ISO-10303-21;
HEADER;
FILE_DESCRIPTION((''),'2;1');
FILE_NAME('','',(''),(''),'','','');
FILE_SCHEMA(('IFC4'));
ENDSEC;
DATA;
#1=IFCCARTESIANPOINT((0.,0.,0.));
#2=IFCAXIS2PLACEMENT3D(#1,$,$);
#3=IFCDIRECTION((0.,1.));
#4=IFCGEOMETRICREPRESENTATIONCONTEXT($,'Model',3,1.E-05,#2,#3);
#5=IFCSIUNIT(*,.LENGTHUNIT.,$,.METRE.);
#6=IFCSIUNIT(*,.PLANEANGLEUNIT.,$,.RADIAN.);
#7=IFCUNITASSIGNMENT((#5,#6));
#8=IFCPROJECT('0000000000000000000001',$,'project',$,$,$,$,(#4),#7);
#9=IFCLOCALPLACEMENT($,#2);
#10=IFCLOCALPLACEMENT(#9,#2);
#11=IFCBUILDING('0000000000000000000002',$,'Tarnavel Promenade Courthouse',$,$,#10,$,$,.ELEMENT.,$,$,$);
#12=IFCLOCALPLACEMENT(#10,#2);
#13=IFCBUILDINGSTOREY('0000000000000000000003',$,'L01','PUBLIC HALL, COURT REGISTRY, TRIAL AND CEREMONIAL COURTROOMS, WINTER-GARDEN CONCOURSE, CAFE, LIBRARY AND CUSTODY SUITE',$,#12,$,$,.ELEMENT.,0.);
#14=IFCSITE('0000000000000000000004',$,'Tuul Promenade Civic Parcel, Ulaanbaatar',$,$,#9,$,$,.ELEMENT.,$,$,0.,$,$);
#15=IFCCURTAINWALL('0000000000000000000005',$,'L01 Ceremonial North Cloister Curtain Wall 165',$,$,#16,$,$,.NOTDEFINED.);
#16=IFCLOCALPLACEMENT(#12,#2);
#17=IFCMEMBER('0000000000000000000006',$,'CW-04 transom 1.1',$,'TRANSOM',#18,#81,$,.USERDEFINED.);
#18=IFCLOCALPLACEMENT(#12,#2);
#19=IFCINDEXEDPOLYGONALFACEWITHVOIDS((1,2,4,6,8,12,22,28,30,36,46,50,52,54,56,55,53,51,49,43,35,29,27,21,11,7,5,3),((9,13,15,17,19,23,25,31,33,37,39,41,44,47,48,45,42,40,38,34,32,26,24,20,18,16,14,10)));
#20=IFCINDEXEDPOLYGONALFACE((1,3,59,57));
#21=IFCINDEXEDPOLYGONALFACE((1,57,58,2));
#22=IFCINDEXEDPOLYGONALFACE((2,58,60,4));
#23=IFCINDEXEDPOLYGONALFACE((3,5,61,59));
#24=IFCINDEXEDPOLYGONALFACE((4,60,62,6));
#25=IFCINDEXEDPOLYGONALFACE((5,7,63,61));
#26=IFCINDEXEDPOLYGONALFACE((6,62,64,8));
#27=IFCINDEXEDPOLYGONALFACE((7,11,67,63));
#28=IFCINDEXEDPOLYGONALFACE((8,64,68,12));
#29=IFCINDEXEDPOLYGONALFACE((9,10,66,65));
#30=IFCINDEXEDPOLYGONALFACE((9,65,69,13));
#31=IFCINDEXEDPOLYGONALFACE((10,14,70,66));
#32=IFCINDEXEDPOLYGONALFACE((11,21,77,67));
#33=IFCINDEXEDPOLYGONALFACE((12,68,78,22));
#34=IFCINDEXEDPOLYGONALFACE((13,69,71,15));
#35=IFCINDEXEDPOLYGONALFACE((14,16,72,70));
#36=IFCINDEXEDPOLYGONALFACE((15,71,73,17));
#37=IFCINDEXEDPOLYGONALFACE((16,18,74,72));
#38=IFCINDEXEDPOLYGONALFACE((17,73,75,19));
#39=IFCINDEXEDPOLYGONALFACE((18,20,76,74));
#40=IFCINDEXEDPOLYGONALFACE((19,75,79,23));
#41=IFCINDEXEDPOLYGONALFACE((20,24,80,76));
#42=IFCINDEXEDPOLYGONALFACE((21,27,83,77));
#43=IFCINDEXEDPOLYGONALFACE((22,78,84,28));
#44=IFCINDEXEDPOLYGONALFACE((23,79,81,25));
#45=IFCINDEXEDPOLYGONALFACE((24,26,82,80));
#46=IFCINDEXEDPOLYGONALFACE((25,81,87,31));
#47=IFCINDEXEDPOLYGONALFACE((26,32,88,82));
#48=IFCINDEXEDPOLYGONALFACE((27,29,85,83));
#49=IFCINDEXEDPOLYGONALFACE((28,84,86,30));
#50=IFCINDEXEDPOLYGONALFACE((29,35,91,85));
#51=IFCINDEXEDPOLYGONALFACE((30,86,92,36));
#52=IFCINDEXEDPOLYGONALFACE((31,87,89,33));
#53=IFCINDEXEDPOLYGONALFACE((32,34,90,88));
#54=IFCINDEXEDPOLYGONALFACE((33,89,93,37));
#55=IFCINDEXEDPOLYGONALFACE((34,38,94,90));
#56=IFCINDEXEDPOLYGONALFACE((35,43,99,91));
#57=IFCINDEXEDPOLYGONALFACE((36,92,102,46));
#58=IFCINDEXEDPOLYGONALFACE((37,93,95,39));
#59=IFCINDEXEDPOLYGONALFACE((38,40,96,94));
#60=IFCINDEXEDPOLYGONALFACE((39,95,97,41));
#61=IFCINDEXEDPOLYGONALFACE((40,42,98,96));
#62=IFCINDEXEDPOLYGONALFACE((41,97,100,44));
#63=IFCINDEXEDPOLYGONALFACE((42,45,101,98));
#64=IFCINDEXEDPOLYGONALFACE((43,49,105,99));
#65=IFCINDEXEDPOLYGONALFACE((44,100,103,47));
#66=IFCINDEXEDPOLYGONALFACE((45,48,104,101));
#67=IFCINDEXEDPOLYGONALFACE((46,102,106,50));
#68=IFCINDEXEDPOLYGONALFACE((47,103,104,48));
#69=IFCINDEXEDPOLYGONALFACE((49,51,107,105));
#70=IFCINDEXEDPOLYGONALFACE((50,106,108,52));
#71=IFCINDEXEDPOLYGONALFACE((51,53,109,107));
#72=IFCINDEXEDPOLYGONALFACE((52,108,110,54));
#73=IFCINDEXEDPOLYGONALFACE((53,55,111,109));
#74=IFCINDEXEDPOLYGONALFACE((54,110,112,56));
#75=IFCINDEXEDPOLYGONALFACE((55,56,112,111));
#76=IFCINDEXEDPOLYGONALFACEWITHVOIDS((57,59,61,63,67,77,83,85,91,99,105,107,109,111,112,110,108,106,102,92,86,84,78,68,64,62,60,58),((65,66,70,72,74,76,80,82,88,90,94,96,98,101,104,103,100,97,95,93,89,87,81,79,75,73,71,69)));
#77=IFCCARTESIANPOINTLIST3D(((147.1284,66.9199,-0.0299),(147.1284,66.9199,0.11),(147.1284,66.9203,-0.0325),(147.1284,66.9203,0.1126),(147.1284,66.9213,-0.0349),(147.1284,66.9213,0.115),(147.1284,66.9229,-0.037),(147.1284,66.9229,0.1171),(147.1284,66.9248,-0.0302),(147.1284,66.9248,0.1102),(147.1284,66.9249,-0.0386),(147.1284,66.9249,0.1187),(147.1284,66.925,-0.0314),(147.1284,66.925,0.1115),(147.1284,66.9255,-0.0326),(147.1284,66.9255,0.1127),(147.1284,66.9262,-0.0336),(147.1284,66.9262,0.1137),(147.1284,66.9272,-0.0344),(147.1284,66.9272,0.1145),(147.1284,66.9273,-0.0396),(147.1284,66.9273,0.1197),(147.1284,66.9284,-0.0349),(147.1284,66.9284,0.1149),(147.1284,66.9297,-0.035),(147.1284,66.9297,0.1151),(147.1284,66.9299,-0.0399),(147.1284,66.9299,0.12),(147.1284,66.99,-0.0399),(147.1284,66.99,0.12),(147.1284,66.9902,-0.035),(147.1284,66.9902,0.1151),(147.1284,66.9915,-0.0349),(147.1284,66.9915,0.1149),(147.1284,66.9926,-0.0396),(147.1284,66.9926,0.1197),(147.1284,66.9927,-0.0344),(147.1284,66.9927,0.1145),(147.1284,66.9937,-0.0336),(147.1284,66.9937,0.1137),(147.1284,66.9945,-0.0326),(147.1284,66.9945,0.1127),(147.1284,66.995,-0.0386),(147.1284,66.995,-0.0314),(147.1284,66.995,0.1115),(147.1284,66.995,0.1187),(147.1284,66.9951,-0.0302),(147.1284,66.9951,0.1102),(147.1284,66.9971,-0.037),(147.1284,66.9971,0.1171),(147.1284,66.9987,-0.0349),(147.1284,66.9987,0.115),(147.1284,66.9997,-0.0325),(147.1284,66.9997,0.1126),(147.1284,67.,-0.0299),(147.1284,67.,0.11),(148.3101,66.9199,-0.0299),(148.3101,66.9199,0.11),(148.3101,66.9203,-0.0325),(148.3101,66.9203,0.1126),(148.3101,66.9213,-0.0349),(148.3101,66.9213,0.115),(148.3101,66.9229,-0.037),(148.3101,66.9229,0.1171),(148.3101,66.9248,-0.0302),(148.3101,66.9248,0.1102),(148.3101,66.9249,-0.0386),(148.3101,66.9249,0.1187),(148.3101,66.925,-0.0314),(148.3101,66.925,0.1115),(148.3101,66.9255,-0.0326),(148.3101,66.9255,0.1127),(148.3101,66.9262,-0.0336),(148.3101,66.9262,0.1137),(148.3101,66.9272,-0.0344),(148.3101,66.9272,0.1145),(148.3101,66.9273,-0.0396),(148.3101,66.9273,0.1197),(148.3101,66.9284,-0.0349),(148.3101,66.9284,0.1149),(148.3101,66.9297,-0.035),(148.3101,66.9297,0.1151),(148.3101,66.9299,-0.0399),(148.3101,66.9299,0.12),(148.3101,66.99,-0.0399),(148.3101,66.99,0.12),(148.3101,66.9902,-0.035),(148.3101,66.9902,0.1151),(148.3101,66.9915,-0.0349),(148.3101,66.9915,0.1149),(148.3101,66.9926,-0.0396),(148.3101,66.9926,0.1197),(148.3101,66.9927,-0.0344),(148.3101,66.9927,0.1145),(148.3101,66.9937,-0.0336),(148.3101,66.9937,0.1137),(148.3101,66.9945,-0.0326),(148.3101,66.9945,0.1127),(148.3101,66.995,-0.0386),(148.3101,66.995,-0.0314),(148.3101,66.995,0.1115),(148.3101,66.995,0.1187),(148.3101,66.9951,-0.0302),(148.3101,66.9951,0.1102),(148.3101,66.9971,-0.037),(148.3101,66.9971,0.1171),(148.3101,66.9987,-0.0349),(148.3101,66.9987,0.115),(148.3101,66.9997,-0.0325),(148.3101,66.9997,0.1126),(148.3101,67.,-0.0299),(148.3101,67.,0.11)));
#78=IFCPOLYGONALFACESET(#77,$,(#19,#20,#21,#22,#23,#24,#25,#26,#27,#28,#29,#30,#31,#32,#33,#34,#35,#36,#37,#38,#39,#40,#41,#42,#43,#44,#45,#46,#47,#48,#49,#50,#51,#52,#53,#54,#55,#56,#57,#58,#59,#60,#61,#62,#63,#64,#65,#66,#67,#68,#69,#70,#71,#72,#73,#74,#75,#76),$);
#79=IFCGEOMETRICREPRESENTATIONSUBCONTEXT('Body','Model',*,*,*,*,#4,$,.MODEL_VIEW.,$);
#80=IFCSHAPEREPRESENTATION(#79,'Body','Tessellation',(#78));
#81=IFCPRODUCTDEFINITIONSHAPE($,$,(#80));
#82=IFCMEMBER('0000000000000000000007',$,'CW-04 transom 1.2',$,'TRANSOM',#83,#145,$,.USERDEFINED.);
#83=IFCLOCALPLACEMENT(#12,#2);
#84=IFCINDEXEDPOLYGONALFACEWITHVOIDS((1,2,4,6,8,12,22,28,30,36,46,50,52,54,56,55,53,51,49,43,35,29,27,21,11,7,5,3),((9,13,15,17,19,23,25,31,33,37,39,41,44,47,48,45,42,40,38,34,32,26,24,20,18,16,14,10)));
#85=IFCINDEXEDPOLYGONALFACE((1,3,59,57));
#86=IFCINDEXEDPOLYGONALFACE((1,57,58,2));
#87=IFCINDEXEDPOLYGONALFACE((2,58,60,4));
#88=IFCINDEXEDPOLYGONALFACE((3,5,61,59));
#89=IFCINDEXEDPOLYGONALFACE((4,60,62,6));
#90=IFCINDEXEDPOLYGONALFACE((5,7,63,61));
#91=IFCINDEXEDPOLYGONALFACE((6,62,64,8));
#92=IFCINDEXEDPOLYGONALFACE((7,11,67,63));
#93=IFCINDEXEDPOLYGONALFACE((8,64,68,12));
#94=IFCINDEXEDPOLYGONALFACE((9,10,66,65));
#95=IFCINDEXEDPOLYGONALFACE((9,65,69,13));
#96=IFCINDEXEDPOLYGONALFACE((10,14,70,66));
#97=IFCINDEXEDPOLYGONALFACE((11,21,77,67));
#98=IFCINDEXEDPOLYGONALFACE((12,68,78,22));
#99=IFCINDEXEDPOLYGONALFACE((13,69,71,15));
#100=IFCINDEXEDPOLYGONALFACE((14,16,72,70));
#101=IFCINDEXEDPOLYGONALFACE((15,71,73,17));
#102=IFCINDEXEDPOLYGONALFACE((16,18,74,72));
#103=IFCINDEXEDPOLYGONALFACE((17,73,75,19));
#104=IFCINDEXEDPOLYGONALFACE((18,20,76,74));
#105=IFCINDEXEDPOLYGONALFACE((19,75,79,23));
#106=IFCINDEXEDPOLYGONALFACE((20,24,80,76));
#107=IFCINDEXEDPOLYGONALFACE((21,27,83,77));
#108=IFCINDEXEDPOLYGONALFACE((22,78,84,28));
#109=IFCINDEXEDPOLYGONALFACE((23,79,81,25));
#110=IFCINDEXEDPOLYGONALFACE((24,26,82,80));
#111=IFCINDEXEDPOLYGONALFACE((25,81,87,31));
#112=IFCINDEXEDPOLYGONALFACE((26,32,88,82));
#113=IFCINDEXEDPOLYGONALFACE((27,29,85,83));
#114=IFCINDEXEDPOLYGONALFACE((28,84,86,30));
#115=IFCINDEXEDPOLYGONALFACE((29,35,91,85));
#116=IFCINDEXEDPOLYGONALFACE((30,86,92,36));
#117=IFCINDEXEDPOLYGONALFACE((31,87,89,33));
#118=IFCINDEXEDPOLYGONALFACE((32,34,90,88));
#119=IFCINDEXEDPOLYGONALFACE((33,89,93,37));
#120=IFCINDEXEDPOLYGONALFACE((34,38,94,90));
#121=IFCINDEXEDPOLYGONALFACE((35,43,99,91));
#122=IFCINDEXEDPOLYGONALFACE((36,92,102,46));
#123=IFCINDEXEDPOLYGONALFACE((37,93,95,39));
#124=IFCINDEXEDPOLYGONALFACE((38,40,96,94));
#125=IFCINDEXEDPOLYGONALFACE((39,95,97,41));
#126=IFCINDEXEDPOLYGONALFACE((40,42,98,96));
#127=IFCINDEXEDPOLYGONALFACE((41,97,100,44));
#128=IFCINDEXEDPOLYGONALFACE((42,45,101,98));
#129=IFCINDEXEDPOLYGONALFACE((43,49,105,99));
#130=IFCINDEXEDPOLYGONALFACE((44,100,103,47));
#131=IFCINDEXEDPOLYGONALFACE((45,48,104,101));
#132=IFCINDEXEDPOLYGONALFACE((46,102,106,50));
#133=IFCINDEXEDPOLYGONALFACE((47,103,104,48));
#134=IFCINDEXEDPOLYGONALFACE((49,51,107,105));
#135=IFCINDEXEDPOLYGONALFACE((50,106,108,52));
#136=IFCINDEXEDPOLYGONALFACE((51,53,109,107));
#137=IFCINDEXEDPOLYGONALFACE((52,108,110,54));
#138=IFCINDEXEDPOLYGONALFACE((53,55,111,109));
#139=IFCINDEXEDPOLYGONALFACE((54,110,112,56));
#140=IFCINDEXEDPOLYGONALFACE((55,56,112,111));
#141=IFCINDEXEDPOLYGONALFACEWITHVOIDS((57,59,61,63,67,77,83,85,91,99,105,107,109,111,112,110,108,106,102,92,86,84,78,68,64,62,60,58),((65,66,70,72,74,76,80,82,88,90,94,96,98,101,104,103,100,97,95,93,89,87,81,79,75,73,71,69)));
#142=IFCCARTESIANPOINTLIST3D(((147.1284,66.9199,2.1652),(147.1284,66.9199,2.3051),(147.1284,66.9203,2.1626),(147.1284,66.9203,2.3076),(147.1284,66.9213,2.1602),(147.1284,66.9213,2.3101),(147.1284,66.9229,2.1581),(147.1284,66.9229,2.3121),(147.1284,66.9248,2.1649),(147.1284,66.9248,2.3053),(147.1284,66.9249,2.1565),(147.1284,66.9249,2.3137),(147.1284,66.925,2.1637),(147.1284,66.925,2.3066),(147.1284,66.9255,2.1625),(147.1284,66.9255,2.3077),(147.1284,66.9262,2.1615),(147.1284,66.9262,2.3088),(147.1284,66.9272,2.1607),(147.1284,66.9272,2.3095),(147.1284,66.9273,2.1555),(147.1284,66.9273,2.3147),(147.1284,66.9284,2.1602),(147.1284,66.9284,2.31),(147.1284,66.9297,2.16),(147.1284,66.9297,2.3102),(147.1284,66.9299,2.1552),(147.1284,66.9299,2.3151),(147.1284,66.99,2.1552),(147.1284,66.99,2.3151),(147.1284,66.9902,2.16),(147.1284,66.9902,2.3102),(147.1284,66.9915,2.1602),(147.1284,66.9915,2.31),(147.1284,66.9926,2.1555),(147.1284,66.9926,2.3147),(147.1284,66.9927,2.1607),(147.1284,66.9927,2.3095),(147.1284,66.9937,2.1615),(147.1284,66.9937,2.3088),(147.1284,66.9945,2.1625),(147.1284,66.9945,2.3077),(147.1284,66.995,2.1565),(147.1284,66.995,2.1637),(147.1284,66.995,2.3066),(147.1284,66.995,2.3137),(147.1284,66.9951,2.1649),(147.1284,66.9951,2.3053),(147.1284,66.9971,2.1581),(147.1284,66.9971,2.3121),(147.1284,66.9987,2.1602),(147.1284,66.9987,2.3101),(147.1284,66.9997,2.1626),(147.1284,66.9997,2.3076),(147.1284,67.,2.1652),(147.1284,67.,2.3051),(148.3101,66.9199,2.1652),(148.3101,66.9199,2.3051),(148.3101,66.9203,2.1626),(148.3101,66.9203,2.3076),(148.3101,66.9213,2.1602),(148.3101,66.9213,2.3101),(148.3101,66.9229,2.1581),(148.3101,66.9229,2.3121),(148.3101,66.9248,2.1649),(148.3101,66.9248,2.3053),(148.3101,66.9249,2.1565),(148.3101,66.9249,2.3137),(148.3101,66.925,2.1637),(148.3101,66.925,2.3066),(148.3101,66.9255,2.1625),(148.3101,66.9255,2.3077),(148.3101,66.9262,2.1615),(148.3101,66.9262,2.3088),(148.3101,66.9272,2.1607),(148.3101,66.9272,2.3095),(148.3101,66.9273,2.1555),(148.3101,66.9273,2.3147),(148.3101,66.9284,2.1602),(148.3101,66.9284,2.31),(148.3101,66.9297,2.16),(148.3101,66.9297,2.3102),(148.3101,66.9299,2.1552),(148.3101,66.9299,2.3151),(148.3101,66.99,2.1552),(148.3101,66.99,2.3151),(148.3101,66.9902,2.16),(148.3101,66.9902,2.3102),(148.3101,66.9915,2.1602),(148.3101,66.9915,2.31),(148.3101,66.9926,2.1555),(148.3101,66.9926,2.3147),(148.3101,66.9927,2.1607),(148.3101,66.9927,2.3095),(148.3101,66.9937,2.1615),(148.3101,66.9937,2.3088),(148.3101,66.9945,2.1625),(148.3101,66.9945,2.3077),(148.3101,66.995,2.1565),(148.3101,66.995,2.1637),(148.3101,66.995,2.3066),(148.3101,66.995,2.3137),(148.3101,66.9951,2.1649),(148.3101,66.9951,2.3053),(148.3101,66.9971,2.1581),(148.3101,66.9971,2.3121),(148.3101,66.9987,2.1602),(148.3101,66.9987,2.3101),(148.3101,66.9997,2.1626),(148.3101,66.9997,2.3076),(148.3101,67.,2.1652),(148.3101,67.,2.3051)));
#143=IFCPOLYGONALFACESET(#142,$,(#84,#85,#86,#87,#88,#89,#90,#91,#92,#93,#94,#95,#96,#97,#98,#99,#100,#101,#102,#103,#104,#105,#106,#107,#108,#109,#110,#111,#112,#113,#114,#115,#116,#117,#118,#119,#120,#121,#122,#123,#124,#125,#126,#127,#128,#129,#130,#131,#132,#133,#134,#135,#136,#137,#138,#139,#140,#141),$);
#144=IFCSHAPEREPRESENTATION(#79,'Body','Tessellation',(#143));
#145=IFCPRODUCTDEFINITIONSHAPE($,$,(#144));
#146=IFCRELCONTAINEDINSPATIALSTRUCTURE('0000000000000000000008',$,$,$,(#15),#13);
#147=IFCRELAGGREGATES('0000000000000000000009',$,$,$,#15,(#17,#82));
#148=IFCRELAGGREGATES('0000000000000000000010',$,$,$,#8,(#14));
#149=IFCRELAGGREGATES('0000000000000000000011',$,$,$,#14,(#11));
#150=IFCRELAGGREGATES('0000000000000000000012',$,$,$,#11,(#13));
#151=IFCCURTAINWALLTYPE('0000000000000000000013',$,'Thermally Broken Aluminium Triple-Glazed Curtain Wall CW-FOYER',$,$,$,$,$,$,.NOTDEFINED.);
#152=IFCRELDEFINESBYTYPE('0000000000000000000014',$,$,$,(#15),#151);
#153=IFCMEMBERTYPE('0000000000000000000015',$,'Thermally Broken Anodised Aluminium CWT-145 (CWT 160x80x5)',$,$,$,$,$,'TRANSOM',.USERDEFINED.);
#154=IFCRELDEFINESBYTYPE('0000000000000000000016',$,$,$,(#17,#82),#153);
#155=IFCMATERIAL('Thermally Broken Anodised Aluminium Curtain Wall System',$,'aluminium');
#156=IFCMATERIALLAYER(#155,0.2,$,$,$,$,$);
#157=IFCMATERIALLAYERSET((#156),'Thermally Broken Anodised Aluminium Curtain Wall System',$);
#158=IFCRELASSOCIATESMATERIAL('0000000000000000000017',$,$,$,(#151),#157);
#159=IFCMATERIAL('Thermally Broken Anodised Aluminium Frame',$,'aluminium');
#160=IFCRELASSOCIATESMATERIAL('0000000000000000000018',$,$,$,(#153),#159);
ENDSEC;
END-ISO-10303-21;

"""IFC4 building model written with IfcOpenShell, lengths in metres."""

from ifc_helpers import new_model, si_unit, direction, frame, origin, origin_2d, place, context, subcontext, project, spatial, hollow_rectangle, extrude, material, layer, layer_set, material_profile, profile_set, type_object, element, aggregate, save


model = new_model("IFC4")

# Units and contexts
model_context = context("Model", 3, precision=1e-05, world=origin(), true_north=direction((0.0, 1.0)))
body_context = subcontext(model_context, "Body", "Model", "MODEL_VIEW")
ifc_project = project(units=[si_unit("LENGTHUNIT", "METRE"), si_unit("PLANEANGLEUNIT", "RADIAN")], contexts=[model_context])

# Site, building, storey
site_placement = place(None, origin())
site = spatial("IfcSite", under=ifc_project, at=site_placement, Name="Tuul Promenade Civic Parcel, Ulaanbaatar", CompositionType="ELEMENT", RefElevation=0.0)
building_placement = place(site_placement, origin())
building = spatial("IfcBuilding", under=site, at=building_placement, Name="Tarnavel Promenade Courthouse", CompositionType="ELEMENT")
storey_placement = place(building_placement, origin())
storey = spatial("IfcBuildingStorey", under=building, at=storey_placement, Name="L01", Description="PUBLIC HALL, COURT REGISTRY, TRIAL AND CEREMONIAL COURTROOMS, WINTER-GARDEN CONCOURSE, CAFE, LIBRARY AND CUSTODY SUITE", CompositionType="ELEMENT", Elevation=0.0)

# Curtain wall
ifc_material_1 = material(Name="Thermally Broken Anodised Aluminium Curtain Wall System", Category="aluminium")
ifc_layer_1 = layer(ifc_material_1, 0.2)
ifc_layer_set_1 = layer_set([ifc_layer_1], Name="Thermally Broken Anodised Aluminium Curtain Wall System")
curtain_wall_type = type_object("IfcCurtainWallType", Name="Thermally Broken Aluminium Triple-Glazed Curtain Wall CW-FOYER", PredefinedType="NOTDEFINED", material=ifc_layer_set_1)
curtain_wall_1_placement = place(storey_placement, origin())
curtain_wall_1 = element("IfcCurtainWall", 1, at=curtain_wall_1_placement, inside=storey, type_object=curtain_wall_type, Name="L01 Ceremonial North Cloister Curtain Wall 165", PredefinedType="NOTDEFINED")
ifc_material_2 = material(Name="Thermally Broken Anodised Aluminium Frame", Category="aluminium")

# Members
ifc_material_profile_1 = material_profile(ifc_material_2, hollow_rectangle(XDim=0.0801, YDim=0.1599, WallThickness=0.0049, InnerFilletRadius=0.0049, OuterFilletRadius=0.01, at=origin_2d()), Name="CWT 160x80x5")
ifc_profile_set_1 = profile_set([ifc_material_profile_1], Name="Thermally Broken Anodised Aluminium Frame")
member_type_1 = type_object("IfcMemberType", Name="Thermally Broken Anodised Aluminium CWT-145 (CWT 160x80x5)", ElementType="TRANSOM", PredefinedType="USERDEFINED", material=ifc_profile_set_1)
member_1_placement = place(storey_placement, frame((148.3101, 66.96, 0.04), z_axis=(-1.0, 0.0, 0.0), x_axis=(0.0, -1.0, 0.0)))
member_1 = element("IfcMember", 2, at=member_1_placement, type_object=member_type_1, Name="CW-04 transom 1.1", ObjectType="TRANSOM", PredefinedType="USERDEFINED", context=body_context, shape_type="SweptSolid", body=[
    extrude(hollow_rectangle(XDim=0.0801, YDim=0.1599, WallThickness=0.0049, InnerFilletRadius=0.0049, OuterFilletRadius=0.01, at=origin_2d()), origin(), (0.0, 0.0, 1.0), 1.1816),
])
member_2_placement = place(storey_placement, frame((148.3101, 66.96, 2.2351), z_axis=(-1.0, 0.0, 0.0), x_axis=(0.0, -1.0, 0.0)))
member_2 = element("IfcMember", 3, at=member_2_placement, type_object=member_type_1, Name="CW-04 transom 1.2", ObjectType="TRANSOM", PredefinedType="USERDEFINED", context=body_context, shape_type="SweptSolid", body=[
    extrude(hollow_rectangle(XDim=0.0801, YDim=0.1599, WallThickness=0.0049, InnerFilletRadius=0.0049, OuterFilletRadius=0.01, at=origin_2d()), origin(), (0.0, 0.0, 1.0), 1.1816),
])
aggregate(curtain_wall_1, [member_1, member_2])

save(model, "model.ifc")
